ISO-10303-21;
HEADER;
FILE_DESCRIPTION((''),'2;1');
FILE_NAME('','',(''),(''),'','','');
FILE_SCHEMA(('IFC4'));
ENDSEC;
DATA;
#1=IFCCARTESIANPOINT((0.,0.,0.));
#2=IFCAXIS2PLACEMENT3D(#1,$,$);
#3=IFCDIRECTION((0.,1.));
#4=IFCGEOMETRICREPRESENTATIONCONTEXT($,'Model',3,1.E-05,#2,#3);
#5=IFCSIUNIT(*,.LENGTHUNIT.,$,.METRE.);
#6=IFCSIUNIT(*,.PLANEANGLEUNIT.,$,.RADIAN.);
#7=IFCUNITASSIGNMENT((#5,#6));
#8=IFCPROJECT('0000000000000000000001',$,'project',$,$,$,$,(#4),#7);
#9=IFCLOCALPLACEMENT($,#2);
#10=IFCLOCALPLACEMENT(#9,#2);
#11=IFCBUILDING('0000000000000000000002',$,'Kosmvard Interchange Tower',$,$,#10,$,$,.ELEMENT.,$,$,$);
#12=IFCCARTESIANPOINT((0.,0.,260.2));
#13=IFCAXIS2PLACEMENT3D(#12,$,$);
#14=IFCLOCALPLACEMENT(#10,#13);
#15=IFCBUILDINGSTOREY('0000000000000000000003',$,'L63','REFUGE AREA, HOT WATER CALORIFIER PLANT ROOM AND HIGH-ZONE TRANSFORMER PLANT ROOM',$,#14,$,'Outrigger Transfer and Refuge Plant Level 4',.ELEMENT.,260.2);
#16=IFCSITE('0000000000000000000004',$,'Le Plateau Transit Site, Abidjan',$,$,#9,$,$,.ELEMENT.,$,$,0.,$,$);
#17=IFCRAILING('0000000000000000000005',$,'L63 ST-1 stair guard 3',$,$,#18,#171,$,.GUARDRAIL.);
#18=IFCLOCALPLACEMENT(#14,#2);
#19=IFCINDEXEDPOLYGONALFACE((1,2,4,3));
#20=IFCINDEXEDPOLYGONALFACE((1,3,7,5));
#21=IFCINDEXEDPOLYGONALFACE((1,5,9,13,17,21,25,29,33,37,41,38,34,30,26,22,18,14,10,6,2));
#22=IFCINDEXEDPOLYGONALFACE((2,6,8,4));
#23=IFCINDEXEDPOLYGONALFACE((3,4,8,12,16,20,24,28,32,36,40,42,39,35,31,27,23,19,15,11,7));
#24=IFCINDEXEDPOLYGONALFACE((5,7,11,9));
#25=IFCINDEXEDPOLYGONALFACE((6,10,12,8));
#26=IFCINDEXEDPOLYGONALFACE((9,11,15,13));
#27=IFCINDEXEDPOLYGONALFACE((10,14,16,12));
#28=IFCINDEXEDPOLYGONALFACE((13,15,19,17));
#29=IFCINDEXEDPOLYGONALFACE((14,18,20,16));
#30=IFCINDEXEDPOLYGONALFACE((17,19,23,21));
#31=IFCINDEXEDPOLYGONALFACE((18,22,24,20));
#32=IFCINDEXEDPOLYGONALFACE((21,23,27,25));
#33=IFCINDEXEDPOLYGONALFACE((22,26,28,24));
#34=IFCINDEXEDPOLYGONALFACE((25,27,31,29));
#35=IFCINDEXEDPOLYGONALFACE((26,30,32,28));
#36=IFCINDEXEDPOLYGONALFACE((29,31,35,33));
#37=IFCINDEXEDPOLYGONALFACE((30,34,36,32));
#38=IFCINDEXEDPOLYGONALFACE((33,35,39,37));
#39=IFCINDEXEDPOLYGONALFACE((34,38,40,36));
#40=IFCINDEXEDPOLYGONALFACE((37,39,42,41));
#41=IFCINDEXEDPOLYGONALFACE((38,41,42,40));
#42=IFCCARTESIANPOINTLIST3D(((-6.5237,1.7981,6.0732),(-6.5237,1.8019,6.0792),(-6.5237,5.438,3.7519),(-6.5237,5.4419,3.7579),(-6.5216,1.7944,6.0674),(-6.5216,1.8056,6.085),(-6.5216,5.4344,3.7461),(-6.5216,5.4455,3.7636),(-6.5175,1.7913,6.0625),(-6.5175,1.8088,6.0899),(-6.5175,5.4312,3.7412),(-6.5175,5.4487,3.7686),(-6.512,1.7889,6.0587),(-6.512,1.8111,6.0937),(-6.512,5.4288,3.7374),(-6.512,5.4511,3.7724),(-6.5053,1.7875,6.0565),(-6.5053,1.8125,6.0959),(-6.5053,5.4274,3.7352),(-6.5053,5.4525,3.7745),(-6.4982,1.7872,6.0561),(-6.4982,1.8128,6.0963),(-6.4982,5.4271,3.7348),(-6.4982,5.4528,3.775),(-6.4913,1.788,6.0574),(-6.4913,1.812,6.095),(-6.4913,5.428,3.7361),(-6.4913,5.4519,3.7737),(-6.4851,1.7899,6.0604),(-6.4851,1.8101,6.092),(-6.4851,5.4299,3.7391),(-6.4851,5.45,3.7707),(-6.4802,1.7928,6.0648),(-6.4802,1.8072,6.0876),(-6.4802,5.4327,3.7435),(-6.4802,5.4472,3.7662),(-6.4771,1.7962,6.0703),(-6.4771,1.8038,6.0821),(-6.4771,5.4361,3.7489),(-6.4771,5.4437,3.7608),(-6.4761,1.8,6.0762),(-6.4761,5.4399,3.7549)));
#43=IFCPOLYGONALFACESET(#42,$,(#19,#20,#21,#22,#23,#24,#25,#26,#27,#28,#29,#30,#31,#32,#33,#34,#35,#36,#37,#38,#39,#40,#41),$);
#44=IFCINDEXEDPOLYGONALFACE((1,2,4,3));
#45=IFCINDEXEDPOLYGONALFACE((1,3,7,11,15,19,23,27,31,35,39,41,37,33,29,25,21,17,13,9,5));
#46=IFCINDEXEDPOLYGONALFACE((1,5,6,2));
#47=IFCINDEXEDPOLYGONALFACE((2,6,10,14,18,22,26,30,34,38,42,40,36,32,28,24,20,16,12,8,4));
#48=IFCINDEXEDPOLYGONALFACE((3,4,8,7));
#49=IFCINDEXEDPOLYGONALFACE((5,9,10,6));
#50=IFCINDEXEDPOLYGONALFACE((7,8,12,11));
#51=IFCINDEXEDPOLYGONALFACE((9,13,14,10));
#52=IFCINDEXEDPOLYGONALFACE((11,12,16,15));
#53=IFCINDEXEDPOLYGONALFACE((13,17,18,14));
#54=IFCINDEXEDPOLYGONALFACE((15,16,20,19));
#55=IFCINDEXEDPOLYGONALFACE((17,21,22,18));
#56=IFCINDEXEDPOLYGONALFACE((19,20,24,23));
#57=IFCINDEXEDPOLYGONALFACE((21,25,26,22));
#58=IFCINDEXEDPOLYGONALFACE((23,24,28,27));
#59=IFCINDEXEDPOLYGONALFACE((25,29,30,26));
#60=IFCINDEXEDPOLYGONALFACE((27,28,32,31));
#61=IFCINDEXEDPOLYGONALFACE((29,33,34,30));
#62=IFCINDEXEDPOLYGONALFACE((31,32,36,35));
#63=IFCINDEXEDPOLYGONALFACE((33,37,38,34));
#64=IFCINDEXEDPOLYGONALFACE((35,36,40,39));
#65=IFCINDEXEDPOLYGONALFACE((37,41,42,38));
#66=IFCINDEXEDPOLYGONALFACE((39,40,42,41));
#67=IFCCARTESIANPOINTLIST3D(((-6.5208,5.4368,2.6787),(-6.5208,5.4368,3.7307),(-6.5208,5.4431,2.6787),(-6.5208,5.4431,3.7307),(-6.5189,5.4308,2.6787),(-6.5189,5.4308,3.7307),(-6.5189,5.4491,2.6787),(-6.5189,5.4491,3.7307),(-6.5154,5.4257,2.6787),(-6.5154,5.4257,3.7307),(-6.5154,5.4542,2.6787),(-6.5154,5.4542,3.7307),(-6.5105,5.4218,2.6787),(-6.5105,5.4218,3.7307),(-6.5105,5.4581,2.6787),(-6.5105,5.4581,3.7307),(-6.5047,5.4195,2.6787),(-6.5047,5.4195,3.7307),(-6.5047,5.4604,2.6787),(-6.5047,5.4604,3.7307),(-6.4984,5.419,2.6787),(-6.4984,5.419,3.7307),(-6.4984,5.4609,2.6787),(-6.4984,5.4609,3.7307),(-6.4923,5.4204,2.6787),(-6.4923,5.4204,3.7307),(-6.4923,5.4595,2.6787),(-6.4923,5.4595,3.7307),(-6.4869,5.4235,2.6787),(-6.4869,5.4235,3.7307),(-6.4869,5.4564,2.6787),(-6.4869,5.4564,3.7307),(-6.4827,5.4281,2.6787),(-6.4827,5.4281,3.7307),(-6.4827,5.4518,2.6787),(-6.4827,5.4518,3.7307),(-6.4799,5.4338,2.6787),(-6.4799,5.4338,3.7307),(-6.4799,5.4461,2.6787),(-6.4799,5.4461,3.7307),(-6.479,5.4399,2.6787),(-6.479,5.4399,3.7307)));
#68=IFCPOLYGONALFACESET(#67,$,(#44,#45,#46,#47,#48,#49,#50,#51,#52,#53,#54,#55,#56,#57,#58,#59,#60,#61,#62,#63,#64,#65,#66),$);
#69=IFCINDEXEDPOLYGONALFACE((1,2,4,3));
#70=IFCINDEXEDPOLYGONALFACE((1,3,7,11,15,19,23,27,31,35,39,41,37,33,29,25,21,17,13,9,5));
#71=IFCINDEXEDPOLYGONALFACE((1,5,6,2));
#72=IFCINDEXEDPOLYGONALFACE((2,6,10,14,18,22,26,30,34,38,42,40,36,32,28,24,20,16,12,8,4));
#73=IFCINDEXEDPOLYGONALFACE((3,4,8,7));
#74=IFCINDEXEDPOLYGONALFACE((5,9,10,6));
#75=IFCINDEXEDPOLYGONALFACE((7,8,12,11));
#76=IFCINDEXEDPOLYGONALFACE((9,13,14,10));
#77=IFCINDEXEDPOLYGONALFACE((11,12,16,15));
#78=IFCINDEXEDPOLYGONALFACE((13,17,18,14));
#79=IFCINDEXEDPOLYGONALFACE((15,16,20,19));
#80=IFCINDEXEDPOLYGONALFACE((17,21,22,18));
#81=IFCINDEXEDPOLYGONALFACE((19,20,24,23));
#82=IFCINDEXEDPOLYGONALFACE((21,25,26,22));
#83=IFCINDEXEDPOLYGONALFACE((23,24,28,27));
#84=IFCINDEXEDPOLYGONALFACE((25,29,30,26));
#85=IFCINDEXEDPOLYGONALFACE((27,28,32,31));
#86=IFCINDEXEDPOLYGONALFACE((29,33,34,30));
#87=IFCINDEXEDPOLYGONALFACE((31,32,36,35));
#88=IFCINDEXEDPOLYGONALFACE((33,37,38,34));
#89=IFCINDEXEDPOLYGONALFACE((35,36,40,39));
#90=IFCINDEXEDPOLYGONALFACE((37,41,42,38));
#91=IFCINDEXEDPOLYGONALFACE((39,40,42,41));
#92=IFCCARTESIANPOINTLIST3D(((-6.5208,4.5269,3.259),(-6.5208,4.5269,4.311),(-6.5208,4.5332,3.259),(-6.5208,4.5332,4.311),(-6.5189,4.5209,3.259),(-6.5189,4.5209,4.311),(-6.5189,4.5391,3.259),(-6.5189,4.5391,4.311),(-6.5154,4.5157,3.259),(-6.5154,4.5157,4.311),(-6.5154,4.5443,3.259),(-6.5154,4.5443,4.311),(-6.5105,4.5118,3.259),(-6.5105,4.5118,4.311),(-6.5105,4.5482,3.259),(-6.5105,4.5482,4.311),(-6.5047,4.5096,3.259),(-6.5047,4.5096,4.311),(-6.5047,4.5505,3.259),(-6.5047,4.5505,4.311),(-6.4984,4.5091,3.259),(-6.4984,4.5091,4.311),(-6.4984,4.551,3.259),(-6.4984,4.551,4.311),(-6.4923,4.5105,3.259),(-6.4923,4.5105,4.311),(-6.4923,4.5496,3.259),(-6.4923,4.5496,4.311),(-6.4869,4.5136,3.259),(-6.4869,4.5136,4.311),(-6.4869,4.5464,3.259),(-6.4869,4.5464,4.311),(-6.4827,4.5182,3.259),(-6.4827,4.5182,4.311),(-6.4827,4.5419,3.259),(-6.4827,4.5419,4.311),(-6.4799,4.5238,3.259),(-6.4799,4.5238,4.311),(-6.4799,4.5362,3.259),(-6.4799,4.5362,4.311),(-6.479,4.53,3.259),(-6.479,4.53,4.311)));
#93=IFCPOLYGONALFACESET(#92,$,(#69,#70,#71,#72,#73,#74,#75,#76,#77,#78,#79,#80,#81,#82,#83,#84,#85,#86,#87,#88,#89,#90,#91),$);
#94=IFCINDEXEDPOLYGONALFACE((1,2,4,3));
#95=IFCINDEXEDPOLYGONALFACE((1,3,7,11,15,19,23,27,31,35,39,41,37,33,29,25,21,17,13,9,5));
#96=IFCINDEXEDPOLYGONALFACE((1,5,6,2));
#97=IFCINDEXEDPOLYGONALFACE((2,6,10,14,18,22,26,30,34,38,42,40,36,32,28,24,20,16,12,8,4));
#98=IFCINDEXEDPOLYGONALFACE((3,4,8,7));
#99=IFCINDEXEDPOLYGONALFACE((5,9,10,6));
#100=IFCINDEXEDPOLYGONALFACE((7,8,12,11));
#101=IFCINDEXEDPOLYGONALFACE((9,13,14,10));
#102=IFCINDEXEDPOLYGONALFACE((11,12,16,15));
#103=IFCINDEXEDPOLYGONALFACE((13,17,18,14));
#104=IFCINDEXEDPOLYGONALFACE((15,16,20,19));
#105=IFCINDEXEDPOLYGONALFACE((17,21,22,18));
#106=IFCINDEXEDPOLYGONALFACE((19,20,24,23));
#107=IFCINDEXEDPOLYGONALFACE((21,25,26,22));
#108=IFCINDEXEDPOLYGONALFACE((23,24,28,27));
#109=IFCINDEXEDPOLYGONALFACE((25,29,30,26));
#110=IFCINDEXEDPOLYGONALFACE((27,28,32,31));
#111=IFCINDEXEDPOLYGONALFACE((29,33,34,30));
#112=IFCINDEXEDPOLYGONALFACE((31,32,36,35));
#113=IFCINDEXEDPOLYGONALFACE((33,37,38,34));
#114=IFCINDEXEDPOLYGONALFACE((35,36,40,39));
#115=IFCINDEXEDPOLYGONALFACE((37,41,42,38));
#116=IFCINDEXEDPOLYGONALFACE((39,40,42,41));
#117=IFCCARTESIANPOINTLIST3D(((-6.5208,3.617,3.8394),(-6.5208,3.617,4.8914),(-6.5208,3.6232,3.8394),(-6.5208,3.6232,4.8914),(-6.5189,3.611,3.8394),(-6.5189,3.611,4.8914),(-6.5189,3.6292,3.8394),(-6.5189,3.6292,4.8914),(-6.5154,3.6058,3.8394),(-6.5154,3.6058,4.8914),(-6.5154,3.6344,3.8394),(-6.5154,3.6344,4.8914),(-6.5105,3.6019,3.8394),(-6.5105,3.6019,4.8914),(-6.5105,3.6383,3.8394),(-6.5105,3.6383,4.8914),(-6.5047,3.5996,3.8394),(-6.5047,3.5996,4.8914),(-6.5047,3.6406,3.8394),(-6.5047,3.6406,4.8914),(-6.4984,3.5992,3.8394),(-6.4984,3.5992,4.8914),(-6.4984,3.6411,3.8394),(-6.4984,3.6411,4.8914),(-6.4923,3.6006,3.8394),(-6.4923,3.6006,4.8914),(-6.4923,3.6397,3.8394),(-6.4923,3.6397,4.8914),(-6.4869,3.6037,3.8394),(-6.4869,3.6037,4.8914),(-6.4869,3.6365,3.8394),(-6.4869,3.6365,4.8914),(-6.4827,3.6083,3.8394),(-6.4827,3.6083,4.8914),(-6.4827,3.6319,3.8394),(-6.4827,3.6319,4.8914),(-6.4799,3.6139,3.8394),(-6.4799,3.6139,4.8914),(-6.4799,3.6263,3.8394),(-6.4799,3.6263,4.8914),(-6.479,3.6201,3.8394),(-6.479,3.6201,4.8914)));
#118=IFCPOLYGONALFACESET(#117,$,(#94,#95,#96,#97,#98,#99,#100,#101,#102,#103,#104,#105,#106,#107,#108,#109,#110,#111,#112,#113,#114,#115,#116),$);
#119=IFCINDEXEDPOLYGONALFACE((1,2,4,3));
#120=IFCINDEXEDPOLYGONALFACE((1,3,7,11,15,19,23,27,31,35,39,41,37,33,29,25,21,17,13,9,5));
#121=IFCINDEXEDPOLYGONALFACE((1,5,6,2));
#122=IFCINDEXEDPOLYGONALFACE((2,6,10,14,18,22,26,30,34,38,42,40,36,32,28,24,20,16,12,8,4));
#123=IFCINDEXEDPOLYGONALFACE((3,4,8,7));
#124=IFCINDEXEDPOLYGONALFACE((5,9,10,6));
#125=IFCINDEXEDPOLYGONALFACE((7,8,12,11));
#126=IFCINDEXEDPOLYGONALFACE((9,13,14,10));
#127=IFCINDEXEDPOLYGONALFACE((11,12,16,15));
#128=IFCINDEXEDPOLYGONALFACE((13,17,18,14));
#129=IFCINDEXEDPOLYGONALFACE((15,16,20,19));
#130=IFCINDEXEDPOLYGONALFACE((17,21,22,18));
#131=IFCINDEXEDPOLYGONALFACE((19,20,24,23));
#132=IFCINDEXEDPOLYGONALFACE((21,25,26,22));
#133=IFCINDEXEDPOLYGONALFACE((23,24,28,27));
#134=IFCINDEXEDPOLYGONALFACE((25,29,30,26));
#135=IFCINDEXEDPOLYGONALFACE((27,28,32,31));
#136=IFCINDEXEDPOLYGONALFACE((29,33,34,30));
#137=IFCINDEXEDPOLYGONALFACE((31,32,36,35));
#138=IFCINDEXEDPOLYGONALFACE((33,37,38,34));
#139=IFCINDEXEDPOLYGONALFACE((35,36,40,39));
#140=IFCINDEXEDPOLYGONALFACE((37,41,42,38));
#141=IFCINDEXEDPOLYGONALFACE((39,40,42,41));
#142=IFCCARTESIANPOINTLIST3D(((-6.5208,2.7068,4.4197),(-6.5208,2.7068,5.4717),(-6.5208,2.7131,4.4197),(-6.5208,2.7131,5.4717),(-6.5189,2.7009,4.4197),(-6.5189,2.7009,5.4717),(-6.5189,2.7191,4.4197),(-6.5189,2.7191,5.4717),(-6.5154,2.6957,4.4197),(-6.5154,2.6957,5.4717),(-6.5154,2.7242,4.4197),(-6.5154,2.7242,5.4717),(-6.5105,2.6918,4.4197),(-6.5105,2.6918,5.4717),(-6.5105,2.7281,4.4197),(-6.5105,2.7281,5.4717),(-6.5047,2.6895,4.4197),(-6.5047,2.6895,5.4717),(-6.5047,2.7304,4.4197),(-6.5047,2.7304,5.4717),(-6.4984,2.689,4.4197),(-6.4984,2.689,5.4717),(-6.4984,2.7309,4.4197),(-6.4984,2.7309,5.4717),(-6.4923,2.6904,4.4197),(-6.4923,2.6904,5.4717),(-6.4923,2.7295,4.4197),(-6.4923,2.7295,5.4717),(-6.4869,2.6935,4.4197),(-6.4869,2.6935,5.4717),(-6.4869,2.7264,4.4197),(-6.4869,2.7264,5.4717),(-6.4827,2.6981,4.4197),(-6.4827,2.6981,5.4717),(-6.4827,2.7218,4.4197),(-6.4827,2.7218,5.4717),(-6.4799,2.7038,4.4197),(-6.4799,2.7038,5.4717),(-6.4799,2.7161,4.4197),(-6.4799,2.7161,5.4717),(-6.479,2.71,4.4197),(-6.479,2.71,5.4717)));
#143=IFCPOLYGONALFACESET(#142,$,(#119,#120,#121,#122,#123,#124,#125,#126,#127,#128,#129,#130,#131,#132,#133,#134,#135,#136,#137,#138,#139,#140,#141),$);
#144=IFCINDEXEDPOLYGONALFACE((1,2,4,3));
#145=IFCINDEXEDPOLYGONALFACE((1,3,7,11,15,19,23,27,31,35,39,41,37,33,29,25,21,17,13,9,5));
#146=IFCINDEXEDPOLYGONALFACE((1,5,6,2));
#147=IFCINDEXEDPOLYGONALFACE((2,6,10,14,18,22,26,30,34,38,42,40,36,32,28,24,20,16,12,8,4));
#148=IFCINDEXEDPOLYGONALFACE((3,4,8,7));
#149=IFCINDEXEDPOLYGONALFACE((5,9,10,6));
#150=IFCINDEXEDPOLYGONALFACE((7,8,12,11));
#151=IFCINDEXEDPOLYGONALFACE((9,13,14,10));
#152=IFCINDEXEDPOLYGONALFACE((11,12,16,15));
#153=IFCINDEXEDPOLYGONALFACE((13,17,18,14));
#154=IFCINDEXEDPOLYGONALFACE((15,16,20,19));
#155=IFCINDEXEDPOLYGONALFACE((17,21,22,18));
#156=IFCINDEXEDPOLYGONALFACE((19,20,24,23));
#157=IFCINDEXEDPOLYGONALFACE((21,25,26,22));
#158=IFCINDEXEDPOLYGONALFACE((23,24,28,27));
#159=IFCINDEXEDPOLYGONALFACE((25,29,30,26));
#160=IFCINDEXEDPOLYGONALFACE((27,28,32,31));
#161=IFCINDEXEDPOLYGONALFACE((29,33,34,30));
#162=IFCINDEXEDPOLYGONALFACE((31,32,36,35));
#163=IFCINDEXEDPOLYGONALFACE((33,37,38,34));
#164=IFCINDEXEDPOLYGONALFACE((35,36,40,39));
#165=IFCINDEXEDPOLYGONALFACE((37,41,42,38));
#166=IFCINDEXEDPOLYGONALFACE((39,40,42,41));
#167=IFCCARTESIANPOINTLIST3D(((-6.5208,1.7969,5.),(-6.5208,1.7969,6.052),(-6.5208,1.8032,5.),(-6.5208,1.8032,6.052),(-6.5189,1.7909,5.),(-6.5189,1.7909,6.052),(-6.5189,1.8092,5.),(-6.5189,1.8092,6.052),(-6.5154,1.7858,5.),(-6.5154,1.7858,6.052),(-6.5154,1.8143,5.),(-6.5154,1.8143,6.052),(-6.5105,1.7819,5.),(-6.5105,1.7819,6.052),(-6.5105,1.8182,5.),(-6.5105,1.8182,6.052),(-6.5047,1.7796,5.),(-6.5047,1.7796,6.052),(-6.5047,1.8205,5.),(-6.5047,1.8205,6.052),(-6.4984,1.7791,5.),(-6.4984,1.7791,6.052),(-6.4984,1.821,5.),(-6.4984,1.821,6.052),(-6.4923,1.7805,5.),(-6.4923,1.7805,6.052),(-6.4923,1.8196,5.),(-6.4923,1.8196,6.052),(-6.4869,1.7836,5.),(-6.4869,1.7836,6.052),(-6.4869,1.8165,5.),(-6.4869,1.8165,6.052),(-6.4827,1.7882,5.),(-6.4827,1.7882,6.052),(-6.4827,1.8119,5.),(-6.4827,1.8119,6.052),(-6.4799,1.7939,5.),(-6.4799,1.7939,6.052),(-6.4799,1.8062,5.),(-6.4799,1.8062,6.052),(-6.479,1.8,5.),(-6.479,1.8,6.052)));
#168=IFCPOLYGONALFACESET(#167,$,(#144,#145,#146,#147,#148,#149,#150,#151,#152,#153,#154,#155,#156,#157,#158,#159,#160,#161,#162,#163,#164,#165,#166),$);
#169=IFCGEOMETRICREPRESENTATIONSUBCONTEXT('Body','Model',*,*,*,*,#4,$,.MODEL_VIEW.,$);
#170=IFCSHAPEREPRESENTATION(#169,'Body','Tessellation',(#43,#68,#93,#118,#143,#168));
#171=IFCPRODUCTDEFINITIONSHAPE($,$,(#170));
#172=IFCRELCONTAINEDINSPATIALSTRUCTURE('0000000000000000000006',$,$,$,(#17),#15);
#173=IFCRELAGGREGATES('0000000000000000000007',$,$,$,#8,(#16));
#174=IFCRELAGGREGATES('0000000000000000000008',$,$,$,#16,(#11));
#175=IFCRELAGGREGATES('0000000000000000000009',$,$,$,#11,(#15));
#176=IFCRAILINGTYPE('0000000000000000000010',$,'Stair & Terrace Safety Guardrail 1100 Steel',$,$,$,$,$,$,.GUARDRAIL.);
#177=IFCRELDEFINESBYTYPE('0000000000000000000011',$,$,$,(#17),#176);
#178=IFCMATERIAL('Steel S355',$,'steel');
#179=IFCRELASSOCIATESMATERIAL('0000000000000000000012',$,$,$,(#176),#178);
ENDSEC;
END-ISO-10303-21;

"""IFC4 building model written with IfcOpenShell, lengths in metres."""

from ifc_helpers import new_model, si_unit, direction, frame, origin, origin_2d, place, context, subcontext, project, spatial, circle, extrude, source, transform, mapped, material, type_object, element, save


model = new_model("IFC4")

# Units and contexts
model_context = context("Model", 3, precision=1e-05, world=origin(), true_north=direction((0.0, 1.0)))
body_context = subcontext(model_context, "Body", "Model", "MODEL_VIEW")
ifc_project = project(units=[si_unit("LENGTHUNIT", "METRE"), si_unit("PLANEANGLEUNIT", "RADIAN")], contexts=[model_context])

# Site, building, storey
site_placement = place(None, origin())
site = spatial("IfcSite", under=ifc_project, at=site_placement, Name="Le Plateau Transit Site, Abidjan", CompositionType="ELEMENT", RefElevation=0.0)
building_placement = place(site_placement, origin())
building = spatial("IfcBuilding", under=site, at=building_placement, Name="Kosmvard Interchange Tower", CompositionType="ELEMENT")
storey_placement = place(building_placement, frame((0.0, 0.0, 260.2)))
storey = spatial("IfcBuildingStorey", under=building, at=storey_placement, Name="L63", Description="REFUGE AREA, HOT WATER CALORIFIER PLANT ROOM AND HIGH-ZONE TRANSFORMER PLANT ROOM", LongName="Outrigger Transfer and Refuge Plant Level 4", CompositionType="ELEMENT", Elevation=260.2)

# Railing
ifc_material_1 = material(Name="Steel S355", Category="steel")
railing_type_1 = type_object("IfcRailingType", Name="Stair & Terrace Safety Guardrail 1100 Steel", PredefinedType="GUARDRAIL", material=ifc_material_1)
shared_shape_1 = source(origin(), body_context, "Body", "SweptSolid", [
    extrude(circle(Radius=0.0239, at=origin_2d()), frame((0.0, 0.0, 1.0762), z_axis=(0.0, -0.843137, 0.537699), x_axis=(1.0, 0.0, 0.0)), (0.0, 0.0, 1.0), 4.3171),
    extrude(circle(Radius=0.021, at=origin_2d()), origin(), (0.0, 0.0, 1.0), 1.052),
    extrude(circle(Radius=0.021, at=origin_2d()), frame((0.0, -0.9099, 0.5803)), (0.0, 0.0, 1.0), 1.052),
    extrude(circle(Radius=0.021, at=origin_2d()), frame((0.0, -1.8198, 1.1606)), (0.0, 0.0, 1.0), 1.052),
    extrude(circle(Radius=0.021, at=origin_2d()), frame((0.0, -2.73, 1.741)), (0.0, 0.0, 1.0), 1.052),
    extrude(circle(Radius=0.021, at=origin_2d()), frame((0.0, -3.6399, 2.3213)), (0.0, 0.0, 1.0), 1.052),
])
railing_1_placement = place(storey_placement, frame((-6.5, 5.4399, 2.6787)))
element("IfcRailing", 1, at=railing_1_placement, inside=storey, type_object=railing_type_1, Name="L63 ST-1 stair guard 3", PredefinedType="GUARDRAIL", context=body_context, shape_type="MappedRepresentation", body=[
    mapped(shared_shape_1, transform((0.0, 0.0, 0.0), scale=1.0)),
])

save(model, "model.ifc")
